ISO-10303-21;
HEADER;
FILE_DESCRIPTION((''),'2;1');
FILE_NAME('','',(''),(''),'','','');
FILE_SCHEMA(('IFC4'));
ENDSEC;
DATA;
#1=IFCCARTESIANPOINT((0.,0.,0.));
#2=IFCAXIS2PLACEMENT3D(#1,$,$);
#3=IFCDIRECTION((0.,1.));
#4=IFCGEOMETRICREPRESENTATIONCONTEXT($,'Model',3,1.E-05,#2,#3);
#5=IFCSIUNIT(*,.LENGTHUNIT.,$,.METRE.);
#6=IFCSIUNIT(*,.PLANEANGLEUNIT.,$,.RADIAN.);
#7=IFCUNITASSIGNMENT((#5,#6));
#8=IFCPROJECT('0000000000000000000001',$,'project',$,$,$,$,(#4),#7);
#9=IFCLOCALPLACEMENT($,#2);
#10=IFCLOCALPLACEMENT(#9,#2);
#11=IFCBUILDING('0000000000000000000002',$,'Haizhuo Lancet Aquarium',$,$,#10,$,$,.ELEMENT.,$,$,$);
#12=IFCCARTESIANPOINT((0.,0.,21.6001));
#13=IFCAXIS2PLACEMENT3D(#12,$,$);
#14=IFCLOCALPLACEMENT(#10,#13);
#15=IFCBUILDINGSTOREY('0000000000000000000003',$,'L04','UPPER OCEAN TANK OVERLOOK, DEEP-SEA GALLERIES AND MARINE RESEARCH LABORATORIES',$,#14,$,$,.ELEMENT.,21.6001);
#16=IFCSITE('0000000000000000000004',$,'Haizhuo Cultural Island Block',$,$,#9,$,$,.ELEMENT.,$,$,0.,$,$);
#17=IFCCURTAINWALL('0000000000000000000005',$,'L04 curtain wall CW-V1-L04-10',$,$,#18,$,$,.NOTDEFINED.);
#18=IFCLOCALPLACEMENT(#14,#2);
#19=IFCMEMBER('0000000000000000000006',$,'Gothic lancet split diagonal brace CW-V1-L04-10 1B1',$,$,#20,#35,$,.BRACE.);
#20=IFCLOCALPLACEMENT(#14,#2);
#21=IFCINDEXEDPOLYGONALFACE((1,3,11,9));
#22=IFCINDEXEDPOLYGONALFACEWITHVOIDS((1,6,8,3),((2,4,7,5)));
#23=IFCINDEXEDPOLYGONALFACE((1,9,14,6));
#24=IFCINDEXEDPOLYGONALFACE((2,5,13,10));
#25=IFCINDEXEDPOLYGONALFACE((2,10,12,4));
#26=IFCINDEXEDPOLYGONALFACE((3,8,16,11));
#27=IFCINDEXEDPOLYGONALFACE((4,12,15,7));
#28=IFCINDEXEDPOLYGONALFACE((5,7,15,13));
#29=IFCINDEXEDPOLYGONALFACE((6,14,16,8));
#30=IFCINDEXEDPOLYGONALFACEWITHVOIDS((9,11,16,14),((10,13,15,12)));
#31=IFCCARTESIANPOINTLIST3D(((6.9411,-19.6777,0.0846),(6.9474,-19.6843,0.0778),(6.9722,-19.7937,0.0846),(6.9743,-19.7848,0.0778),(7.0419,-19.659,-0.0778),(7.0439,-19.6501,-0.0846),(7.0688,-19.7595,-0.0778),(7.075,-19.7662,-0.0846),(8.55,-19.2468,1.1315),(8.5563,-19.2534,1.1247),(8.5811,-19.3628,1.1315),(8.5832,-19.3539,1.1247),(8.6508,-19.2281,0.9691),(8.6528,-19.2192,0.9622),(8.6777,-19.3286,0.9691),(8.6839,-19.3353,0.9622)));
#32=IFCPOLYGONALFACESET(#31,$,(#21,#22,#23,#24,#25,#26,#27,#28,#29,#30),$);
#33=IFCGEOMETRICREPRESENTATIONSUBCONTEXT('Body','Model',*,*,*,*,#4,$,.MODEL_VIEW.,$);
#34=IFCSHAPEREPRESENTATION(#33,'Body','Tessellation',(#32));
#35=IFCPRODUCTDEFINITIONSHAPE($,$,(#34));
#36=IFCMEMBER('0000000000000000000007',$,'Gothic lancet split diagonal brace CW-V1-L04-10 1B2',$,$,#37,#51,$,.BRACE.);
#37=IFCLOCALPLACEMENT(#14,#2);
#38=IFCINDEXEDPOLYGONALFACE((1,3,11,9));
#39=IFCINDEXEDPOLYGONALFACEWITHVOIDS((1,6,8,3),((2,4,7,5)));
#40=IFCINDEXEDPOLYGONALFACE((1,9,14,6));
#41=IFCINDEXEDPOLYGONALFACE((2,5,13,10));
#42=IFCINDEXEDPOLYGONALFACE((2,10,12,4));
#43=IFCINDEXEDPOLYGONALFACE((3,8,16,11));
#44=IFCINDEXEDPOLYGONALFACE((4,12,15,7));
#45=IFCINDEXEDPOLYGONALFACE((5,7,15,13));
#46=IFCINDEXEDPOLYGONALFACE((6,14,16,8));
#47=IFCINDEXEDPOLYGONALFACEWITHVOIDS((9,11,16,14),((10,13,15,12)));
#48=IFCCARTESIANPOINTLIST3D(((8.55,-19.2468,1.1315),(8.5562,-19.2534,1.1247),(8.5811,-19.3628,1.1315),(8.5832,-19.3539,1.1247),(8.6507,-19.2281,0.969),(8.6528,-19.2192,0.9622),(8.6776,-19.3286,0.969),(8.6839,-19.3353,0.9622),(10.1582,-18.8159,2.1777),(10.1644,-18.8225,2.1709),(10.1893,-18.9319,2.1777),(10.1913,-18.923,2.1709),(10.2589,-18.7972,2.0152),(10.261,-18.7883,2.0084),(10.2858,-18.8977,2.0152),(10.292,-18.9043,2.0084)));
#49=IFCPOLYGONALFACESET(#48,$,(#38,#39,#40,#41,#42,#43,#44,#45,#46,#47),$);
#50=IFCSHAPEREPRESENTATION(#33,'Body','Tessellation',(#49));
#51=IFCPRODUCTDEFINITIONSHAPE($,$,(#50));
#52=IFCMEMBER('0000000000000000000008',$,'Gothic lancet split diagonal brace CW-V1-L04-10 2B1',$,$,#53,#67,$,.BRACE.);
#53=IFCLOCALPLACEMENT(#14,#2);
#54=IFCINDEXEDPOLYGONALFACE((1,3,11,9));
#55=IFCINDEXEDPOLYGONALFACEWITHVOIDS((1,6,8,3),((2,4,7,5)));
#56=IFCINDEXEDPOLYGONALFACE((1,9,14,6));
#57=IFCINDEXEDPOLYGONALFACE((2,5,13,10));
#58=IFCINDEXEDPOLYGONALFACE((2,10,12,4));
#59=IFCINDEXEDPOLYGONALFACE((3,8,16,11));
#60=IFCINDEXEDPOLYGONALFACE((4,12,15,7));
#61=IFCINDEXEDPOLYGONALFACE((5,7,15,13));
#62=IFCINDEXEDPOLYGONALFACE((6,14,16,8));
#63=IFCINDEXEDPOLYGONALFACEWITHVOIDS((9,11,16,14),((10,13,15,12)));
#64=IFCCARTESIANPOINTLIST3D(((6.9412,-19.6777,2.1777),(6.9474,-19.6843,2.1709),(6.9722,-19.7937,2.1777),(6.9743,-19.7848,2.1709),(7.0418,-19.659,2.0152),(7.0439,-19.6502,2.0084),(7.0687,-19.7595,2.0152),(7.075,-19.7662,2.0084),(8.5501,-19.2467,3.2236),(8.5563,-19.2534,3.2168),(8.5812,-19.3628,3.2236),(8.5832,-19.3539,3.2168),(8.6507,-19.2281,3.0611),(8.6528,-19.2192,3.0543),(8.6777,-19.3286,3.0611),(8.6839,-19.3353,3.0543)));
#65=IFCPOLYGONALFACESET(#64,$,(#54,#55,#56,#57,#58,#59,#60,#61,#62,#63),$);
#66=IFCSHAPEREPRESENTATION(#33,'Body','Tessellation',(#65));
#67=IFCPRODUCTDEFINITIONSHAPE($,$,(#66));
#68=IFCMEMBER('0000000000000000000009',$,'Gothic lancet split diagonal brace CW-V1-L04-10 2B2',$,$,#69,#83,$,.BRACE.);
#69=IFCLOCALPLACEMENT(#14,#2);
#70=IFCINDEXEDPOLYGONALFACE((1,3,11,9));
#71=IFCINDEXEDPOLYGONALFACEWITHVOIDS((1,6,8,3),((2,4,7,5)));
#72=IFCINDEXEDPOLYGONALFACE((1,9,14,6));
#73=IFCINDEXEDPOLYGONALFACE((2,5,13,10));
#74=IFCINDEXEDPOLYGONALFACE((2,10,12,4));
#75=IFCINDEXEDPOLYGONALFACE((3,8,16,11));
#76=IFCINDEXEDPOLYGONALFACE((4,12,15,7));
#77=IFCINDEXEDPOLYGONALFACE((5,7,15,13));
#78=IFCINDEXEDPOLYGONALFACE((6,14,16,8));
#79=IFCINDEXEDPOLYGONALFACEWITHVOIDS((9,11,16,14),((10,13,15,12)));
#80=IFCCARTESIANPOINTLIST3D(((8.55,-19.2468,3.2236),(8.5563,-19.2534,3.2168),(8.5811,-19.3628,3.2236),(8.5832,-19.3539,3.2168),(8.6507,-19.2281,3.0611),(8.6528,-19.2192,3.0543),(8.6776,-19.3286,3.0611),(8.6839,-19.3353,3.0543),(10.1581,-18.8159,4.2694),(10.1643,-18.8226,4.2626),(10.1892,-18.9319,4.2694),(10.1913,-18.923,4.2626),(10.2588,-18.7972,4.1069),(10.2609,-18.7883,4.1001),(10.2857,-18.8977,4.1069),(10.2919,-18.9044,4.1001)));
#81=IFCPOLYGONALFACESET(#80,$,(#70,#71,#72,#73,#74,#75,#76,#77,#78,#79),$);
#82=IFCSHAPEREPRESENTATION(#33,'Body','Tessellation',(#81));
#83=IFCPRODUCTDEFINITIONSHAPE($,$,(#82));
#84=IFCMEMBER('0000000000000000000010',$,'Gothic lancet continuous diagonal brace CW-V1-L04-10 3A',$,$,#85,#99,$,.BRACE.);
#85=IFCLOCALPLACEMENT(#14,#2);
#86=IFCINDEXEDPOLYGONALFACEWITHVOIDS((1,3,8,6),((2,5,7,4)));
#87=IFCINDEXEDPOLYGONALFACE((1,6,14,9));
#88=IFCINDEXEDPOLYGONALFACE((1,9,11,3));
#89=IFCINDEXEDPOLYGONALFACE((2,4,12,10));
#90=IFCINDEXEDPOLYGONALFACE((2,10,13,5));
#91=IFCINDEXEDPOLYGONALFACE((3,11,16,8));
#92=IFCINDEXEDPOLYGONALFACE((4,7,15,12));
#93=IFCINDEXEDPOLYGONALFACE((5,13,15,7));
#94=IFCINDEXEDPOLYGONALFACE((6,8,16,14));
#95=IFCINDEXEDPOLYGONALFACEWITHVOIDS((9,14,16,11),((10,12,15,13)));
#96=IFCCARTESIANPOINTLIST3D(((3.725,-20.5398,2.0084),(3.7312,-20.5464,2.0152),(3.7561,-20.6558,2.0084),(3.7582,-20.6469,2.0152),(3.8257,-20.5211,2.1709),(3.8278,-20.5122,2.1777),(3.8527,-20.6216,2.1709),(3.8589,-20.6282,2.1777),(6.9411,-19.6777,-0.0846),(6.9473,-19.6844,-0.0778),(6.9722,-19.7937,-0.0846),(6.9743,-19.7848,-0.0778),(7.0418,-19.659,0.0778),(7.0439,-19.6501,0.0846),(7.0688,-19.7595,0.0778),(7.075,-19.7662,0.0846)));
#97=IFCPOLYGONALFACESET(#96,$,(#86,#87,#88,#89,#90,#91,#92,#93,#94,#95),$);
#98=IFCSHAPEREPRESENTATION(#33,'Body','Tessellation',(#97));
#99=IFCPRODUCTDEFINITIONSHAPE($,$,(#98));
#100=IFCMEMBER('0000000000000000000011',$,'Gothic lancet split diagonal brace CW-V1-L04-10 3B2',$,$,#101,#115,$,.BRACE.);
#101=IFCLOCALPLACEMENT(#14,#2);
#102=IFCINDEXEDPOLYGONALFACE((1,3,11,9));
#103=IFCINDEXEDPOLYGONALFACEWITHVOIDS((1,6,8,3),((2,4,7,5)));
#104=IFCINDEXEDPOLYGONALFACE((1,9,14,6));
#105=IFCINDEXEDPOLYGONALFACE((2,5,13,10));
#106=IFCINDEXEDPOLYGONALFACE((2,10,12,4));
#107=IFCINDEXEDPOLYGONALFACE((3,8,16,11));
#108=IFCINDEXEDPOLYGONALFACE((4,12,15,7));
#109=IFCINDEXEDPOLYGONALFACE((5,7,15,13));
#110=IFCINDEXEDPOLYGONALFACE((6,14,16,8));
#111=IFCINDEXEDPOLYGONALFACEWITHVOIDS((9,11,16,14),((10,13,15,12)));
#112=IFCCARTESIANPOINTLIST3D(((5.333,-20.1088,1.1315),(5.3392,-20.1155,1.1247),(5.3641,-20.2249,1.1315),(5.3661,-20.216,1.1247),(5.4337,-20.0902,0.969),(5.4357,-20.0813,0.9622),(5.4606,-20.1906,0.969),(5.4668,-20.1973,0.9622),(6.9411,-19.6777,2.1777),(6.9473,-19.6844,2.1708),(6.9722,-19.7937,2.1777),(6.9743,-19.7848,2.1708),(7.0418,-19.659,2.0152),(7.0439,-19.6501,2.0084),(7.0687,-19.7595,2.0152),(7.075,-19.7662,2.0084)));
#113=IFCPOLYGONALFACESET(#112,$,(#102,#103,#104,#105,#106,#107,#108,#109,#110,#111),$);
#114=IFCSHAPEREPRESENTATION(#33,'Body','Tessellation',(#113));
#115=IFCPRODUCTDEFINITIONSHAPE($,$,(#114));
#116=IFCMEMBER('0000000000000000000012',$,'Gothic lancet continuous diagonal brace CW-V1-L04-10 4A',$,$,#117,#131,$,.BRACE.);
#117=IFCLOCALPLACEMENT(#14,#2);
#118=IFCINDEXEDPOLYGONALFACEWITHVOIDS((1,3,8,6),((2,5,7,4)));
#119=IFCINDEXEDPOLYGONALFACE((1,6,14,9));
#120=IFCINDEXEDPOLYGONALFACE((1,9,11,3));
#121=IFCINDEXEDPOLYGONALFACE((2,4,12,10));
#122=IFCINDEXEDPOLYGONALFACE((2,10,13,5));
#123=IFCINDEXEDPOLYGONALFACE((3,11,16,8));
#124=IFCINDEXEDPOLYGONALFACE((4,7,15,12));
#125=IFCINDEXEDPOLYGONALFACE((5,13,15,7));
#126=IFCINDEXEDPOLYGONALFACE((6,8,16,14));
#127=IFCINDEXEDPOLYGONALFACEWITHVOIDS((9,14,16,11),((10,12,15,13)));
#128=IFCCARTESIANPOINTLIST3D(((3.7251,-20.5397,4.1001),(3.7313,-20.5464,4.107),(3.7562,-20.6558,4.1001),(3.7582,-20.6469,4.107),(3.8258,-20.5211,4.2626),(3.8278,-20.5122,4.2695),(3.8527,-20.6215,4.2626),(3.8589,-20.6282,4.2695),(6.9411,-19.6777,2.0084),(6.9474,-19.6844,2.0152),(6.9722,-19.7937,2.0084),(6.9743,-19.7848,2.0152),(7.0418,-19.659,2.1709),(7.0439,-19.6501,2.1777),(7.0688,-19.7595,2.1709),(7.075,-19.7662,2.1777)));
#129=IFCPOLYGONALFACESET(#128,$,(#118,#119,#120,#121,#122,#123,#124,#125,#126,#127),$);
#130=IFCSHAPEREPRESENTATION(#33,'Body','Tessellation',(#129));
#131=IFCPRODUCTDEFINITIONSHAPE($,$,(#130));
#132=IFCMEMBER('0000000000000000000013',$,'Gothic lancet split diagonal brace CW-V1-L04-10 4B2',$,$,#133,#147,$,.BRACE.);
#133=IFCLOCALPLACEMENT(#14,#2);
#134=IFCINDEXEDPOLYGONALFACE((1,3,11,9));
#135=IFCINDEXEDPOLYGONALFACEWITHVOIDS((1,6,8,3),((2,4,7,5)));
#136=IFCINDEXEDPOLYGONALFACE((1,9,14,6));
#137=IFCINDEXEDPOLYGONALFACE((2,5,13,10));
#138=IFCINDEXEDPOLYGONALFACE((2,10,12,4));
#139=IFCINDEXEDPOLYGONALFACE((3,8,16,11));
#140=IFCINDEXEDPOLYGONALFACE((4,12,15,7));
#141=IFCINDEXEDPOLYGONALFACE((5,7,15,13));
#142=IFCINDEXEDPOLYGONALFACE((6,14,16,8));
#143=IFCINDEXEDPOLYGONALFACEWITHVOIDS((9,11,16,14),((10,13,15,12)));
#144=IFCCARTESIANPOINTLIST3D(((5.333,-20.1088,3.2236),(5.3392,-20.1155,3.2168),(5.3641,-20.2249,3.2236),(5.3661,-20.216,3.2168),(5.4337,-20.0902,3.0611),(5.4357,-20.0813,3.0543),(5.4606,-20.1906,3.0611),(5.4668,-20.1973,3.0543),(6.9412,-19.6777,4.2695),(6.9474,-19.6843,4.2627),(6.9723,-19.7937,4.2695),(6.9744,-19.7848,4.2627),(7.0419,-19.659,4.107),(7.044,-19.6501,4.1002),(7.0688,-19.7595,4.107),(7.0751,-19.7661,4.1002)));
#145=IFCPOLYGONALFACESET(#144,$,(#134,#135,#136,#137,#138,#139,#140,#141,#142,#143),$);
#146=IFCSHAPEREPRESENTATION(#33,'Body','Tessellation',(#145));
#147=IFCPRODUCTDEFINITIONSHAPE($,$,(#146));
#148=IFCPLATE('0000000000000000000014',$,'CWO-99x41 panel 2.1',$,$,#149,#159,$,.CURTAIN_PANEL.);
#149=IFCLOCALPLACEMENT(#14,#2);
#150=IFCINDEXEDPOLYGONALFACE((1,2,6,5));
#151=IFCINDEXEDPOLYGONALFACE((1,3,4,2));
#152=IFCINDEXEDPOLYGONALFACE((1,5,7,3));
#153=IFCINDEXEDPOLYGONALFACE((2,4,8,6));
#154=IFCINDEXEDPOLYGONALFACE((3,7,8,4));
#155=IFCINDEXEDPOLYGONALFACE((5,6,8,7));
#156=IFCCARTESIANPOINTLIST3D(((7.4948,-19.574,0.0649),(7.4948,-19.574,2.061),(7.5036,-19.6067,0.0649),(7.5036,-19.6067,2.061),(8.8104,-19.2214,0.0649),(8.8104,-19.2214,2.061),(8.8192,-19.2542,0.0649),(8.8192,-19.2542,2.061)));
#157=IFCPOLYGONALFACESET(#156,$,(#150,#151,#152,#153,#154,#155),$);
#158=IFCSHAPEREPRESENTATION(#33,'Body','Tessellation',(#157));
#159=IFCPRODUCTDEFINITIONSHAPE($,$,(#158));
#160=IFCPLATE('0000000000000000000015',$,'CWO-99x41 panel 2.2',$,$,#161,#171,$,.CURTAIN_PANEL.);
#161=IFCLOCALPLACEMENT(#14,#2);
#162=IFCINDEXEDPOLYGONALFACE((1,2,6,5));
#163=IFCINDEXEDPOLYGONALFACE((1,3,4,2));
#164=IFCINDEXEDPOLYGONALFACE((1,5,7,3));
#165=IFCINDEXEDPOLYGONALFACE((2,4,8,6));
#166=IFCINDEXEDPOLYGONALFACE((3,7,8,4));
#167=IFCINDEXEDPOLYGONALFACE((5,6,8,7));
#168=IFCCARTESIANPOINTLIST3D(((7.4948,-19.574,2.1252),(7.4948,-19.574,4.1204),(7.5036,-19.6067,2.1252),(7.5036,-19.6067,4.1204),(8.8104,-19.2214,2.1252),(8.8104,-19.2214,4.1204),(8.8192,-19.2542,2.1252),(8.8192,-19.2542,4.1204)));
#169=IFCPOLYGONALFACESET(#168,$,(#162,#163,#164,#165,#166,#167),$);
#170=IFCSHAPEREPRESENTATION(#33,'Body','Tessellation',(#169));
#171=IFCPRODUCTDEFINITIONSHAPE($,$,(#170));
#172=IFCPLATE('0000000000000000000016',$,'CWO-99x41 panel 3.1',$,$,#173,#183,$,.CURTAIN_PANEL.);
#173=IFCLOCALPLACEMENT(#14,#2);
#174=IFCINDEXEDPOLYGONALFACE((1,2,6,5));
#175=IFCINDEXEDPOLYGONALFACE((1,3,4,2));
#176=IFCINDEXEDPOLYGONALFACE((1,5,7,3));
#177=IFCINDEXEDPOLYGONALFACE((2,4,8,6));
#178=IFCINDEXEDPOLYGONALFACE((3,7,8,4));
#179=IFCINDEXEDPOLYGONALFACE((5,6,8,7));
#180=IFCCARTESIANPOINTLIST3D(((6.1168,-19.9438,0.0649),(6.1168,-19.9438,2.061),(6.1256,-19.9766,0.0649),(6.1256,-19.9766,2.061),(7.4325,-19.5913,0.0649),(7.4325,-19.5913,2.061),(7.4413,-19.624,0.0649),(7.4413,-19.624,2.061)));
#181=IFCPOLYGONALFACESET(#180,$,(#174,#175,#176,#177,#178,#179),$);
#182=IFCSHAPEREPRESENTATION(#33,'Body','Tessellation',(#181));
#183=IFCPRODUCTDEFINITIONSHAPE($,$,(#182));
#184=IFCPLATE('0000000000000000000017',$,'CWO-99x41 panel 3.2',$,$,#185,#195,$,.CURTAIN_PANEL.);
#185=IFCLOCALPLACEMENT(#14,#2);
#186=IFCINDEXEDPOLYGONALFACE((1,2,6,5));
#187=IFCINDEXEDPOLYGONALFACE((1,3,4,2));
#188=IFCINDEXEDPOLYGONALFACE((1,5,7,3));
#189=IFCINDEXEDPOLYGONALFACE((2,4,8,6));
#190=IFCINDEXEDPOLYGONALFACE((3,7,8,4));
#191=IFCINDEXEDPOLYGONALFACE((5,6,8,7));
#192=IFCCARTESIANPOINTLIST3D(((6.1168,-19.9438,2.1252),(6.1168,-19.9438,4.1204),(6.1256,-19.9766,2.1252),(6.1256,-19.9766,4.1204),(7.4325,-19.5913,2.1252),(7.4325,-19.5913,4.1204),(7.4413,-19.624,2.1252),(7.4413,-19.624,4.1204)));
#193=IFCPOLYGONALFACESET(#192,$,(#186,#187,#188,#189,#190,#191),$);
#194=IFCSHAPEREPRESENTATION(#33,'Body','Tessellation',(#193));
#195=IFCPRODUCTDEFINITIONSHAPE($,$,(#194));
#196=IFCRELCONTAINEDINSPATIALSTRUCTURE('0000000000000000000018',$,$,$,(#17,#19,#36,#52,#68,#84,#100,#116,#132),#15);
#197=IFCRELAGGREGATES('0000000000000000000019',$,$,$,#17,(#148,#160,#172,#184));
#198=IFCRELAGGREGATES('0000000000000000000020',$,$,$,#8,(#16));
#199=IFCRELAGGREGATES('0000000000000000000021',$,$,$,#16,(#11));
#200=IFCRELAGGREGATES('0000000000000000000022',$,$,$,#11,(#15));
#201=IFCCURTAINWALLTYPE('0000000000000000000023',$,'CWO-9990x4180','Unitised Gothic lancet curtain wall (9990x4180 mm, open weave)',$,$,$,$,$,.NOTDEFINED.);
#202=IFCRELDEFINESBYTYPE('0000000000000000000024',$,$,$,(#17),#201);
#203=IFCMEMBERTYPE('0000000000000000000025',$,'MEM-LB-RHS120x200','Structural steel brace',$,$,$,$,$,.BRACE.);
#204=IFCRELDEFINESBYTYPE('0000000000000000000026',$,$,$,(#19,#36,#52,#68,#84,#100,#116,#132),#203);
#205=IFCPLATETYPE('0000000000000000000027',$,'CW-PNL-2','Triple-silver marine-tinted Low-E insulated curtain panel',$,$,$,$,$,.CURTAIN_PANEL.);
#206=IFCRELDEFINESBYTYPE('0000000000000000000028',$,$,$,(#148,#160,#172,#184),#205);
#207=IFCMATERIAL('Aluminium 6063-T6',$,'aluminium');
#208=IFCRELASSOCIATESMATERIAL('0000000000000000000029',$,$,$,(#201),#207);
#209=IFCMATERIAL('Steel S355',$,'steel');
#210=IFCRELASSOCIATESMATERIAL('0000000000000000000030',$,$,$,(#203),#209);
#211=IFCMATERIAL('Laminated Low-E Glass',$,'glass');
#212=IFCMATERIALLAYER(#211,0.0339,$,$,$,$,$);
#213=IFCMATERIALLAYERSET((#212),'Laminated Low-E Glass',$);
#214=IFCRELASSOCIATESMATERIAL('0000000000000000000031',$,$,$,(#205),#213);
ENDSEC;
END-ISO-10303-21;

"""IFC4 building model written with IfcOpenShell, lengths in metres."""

from ifc_helpers import new_model, si_unit, direction, frame, origin, origin_2d, place, context, subcontext, project, spatial, rectangle, hollow_rectangle, extrude, material, layer, layer_set, material_profile, profile_set, type_object, element, aggregate, save


model = new_model("IFC4")

# Units and contexts
model_context = context("Model", 3, precision=1e-05, world=origin(), true_north=direction((0.0, 1.0)))
body_context = subcontext(model_context, "Body", "Model", "MODEL_VIEW")
ifc_project = project(units=[si_unit("LENGTHUNIT", "METRE"), si_unit("PLANEANGLEUNIT", "RADIAN")], contexts=[model_context])

# Site, building, storey
site_placement = place(None, origin())
site = spatial("IfcSite", under=ifc_project, at=site_placement, Name="Haizhuo Cultural Island Block", CompositionType="ELEMENT", RefElevation=0.0)
building_placement = place(site_placement, origin())
building = spatial("IfcBuilding", under=site, at=building_placement, Name="Haizhuo Lancet Aquarium", CompositionType="ELEMENT")
storey_placement = place(building_placement, frame((0.0, 0.0, 21.6001)))
storey = spatial("IfcBuildingStorey", under=building, at=storey_placement, Name="L04", Description="UPPER OCEAN TANK OVERLOOK, DEEP-SEA GALLERIES AND MARINE RESEARCH LABORATORIES", CompositionType="ELEMENT", Elevation=21.6001)

# Curtain wall
ifc_material_1 = material(Name="Aluminium 6063-T6", Category="aluminium")
curtain_wall_type = type_object("IfcCurtainWallType", Name="CWO-9990x4180", Description="Unitised Gothic lancet curtain wall (9990x4180 mm, open weave)", PredefinedType="NOTDEFINED", material=ifc_material_1)
curtain_wall_placement = place(storey_placement, origin())
curtain_wall = element("IfcCurtainWall", 1, at=curtain_wall_placement, inside=storey, type_object=curtain_wall_type, Name="L04 curtain wall CW-V1-L04-10", PredefinedType="NOTDEFINED")

# Members
ifc_material_2 = material(Name="Steel S355", Category="steel")
ifc_material_profile_1 = material_profile(ifc_material_2, hollow_rectangle(XDim=0.1201, YDim=0.2, WallThickness=0.0081, at=origin_2d()), Name="RHS 120x200x8")
ifc_profile_set_1 = profile_set([ifc_material_profile_1], Name="Steel S355")
member_type_1 = type_object("IfcMemberType", Name="MEM-LB-RHS120x200", Description="Structural steel brace", PredefinedType="BRACE", material=ifc_profile_set_1)
member_1_placement = place(storey_placement, frame((7.0081, -19.7219, 0.0), z_axis=(0.817828, 0.219039, 0.532146), x_axis=(-0.258712, 0.965955, 0.0)))
element("IfcMember", 2, at=member_1_placement, inside=storey, type_object=member_type_1, Name="Gothic lancet split diagonal brace CW-V1-L04-10 1B1", PredefinedType="BRACE", context=body_context, shape_type="SweptSolid", body=[
    extrude(hollow_rectangle(XDim=0.1201, YDim=0.2, WallThickness=0.0081, at=origin_2d()), origin(), (0.0, 0.0, 1.0), 1.9673),
])
member_2_placement = place(storey_placement, frame((8.6169, -19.291, 1.0469), z_axis=(0.817866, 0.219149, 0.532042), x_axis=(-0.258822, 0.965925, 0.0)))
element("IfcMember", 3, at=member_2_placement, inside=storey, type_object=member_type_1, Name="Gothic lancet split diagonal brace CW-V1-L04-10 1B2", PredefinedType="BRACE", context=body_context, shape_type="SweptSolid", body=[
    extrude(hollow_rectangle(XDim=0.1201, YDim=0.2, WallThickness=0.0081, at=origin_2d()), origin(), (0.0, 0.0, 1.0), 1.9663),
])
member_3_placement = place(storey_placement, frame((7.0081, -19.7219, 2.093), z_axis=(0.818044, 0.219097, 0.53179), x_axis=(-0.258712, 0.965955, 0.0)))
element("IfcMember", 4, at=member_3_placement, inside=storey, type_object=member_type_1, Name="Gothic lancet split diagonal brace CW-V1-L04-10 2B1", PredefinedType="BRACE", context=body_context, shape_type="SweptSolid", body=[
    extrude(hollow_rectangle(XDim=0.1201, YDim=0.2, WallThickness=0.0081, at=origin_2d()), origin(), (0.0, 0.0, 1.0), 1.9668),
])
member_4_placement = place(storey_placement, frame((8.6169, -19.291, 3.1389), z_axis=(0.81792, 0.219163, 0.531953), x_axis=(-0.258822, 0.965925, 0.0)))
element("IfcMember", 5, at=member_4_placement, inside=storey, type_object=member_type_1, Name="Gothic lancet split diagonal brace CW-V1-L04-10 2B2", PredefinedType="BRACE", context=body_context, shape_type="SweptSolid", body=[
    extrude(hollow_rectangle(XDim=0.1201, YDim=0.2, WallThickness=0.0081, at=origin_2d()), origin(), (0.0, 0.0, 1.0), 1.9661),
])
member_5_placement = place(storey_placement, frame((7.0081, -19.7219, 0.0), z_axis=(-0.817754, -0.219197, 0.532195), x_axis=(0.258908, -0.965902, 0.0)))
element("IfcMember", 6, at=member_5_placement, inside=storey, type_object=member_type_1, Name="Gothic lancet continuous diagonal brace CW-V1-L04-10 3A", PredefinedType="BRACE", context=body_context, shape_type="SweptSolid", body=[
    extrude(hollow_rectangle(XDim=0.1201, YDim=0.2, WallThickness=0.0081, at=origin_2d()), origin(), (0.0, 0.0, 1.0), 3.9329),
])
member_6_placement = place(storey_placement, frame((5.3999, -20.1531, 1.0469), z_axis=(0.817844, 0.219267, 0.532027), x_axis=(-0.258958, 0.965888, 0.0)))
element("IfcMember", 7, at=member_6_placement, inside=storey, type_object=member_type_1, Name="Gothic lancet split diagonal brace CW-V1-L04-10 3B2", PredefinedType="BRACE", context=body_context, shape_type="SweptSolid", body=[
    extrude(hollow_rectangle(XDim=0.1201, YDim=0.2, WallThickness=0.0081, at=origin_2d()), origin(), (0.0, 0.0, 1.0), 1.9663),
])
member_7_placement = place(storey_placement, frame((7.0081, -19.7219, 2.093), z_axis=(-0.817889, -0.219234, 0.531972), x_axis=(0.258908, -0.965902, 0.0)))
element("IfcMember", 8, at=member_7_placement, inside=storey, type_object=member_type_1, Name="Gothic lancet continuous diagonal brace CW-V1-L04-10 4A", PredefinedType="BRACE", context=body_context, shape_type="SweptSolid", body=[
    extrude(hollow_rectangle(XDim=0.1201, YDim=0.2, WallThickness=0.0081, at=origin_2d()), origin(), (0.0, 0.0, 1.0), 3.9321),
])
member_8_placement = place(storey_placement, frame((5.3999, -20.1531, 3.1389), z_axis=(0.817898, 0.219282, 0.531938), x_axis=(-0.258958, 0.965888, 0.0)))
element("IfcMember", 9, at=member_8_placement, inside=storey, type_object=member_type_1, Name="Gothic lancet split diagonal brace CW-V1-L04-10 4B2", PredefinedType="BRACE", context=body_context, shape_type="SweptSolid", body=[
    extrude(hollow_rectangle(XDim=0.1201, YDim=0.2, WallThickness=0.0081, at=origin_2d()), origin(), (0.0, 0.0, 1.0), 1.9663),
])

# Plates
ifc_material_3 = material(Name="Laminated Low-E Glass", Category="glass")
ifc_layer = layer(ifc_material_3, 0.0339)
ifc_layer_set = layer_set([ifc_layer], Name="Laminated Low-E Glass")
plate_type = type_object("IfcPlateType", Name="CW-PNL-2", Description="Triple-silver marine-tinted Low-E insulated curtain panel", PredefinedType="CURTAIN_PANEL", material=ifc_layer_set)
plate_1_placement = place(storey_placement, frame((8.157, -19.4141, 0.0649), z_axis=(0.0, 0.0, 1.0), x_axis=(-0.965917, -0.258853, 0.0)))
plate_1 = element("IfcPlate", 10, at=plate_1_placement, type_object=plate_type, Name="CWO-99x41 panel 2.1", PredefinedType="CURTAIN_PANEL", context=body_context, shape_type="SweptSolid", body=[
    extrude(rectangle(XDim=1.3621, YDim=0.0339, at=origin_2d()), origin(), (0.0, 0.0, 1.0), 1.9961),
])
plate_2_placement = place(storey_placement, frame((8.157, -19.4141, 2.1252), z_axis=(0.0, 0.0, 1.0), x_axis=(-0.965917, -0.258853, 0.0)))
plate_2 = element("IfcPlate", 11, at=plate_2_placement, type_object=plate_type, Name="CWO-99x41 panel 2.2", PredefinedType="CURTAIN_PANEL", context=body_context, shape_type="SweptSolid", body=[
    extrude(rectangle(XDim=1.3621, YDim=0.0339, at=origin_2d()), origin(), (0.0, 0.0, 1.0), 1.9951),
])
plate_3_placement = place(storey_placement, frame((6.7791, -19.7839, 0.0649), z_axis=(0.0, 0.0, 1.0), x_axis=(-0.965917, -0.258853, 0.0)))
plate_3 = element("IfcPlate", 12, at=plate_3_placement, type_object=plate_type, Name="CWO-99x41 panel 3.1", PredefinedType="CURTAIN_PANEL", context=body_context, shape_type="SweptSolid", body=[
    extrude(rectangle(XDim=1.3621, YDim=0.0339, at=origin_2d()), origin(), (0.0, 0.0, 1.0), 1.9961),
])
plate_4_placement = place(storey_placement, frame((6.7791, -19.7839, 2.1252), z_axis=(0.0, 0.0, 1.0), x_axis=(-0.965917, -0.258853, 0.0)))
plate_4 = element("IfcPlate", 13, at=plate_4_placement, type_object=plate_type, Name="CWO-99x41 panel 3.2", PredefinedType="CURTAIN_PANEL", context=body_context, shape_type="SweptSolid", body=[
    extrude(rectangle(XDim=1.3621, YDim=0.0339, at=origin_2d()), origin(), (0.0, 0.0, 1.0), 1.9951),
])
aggregate(curtain_wall, [plate_1, plate_2, plate_3, plate_4])

save(model, "model.ifc")
